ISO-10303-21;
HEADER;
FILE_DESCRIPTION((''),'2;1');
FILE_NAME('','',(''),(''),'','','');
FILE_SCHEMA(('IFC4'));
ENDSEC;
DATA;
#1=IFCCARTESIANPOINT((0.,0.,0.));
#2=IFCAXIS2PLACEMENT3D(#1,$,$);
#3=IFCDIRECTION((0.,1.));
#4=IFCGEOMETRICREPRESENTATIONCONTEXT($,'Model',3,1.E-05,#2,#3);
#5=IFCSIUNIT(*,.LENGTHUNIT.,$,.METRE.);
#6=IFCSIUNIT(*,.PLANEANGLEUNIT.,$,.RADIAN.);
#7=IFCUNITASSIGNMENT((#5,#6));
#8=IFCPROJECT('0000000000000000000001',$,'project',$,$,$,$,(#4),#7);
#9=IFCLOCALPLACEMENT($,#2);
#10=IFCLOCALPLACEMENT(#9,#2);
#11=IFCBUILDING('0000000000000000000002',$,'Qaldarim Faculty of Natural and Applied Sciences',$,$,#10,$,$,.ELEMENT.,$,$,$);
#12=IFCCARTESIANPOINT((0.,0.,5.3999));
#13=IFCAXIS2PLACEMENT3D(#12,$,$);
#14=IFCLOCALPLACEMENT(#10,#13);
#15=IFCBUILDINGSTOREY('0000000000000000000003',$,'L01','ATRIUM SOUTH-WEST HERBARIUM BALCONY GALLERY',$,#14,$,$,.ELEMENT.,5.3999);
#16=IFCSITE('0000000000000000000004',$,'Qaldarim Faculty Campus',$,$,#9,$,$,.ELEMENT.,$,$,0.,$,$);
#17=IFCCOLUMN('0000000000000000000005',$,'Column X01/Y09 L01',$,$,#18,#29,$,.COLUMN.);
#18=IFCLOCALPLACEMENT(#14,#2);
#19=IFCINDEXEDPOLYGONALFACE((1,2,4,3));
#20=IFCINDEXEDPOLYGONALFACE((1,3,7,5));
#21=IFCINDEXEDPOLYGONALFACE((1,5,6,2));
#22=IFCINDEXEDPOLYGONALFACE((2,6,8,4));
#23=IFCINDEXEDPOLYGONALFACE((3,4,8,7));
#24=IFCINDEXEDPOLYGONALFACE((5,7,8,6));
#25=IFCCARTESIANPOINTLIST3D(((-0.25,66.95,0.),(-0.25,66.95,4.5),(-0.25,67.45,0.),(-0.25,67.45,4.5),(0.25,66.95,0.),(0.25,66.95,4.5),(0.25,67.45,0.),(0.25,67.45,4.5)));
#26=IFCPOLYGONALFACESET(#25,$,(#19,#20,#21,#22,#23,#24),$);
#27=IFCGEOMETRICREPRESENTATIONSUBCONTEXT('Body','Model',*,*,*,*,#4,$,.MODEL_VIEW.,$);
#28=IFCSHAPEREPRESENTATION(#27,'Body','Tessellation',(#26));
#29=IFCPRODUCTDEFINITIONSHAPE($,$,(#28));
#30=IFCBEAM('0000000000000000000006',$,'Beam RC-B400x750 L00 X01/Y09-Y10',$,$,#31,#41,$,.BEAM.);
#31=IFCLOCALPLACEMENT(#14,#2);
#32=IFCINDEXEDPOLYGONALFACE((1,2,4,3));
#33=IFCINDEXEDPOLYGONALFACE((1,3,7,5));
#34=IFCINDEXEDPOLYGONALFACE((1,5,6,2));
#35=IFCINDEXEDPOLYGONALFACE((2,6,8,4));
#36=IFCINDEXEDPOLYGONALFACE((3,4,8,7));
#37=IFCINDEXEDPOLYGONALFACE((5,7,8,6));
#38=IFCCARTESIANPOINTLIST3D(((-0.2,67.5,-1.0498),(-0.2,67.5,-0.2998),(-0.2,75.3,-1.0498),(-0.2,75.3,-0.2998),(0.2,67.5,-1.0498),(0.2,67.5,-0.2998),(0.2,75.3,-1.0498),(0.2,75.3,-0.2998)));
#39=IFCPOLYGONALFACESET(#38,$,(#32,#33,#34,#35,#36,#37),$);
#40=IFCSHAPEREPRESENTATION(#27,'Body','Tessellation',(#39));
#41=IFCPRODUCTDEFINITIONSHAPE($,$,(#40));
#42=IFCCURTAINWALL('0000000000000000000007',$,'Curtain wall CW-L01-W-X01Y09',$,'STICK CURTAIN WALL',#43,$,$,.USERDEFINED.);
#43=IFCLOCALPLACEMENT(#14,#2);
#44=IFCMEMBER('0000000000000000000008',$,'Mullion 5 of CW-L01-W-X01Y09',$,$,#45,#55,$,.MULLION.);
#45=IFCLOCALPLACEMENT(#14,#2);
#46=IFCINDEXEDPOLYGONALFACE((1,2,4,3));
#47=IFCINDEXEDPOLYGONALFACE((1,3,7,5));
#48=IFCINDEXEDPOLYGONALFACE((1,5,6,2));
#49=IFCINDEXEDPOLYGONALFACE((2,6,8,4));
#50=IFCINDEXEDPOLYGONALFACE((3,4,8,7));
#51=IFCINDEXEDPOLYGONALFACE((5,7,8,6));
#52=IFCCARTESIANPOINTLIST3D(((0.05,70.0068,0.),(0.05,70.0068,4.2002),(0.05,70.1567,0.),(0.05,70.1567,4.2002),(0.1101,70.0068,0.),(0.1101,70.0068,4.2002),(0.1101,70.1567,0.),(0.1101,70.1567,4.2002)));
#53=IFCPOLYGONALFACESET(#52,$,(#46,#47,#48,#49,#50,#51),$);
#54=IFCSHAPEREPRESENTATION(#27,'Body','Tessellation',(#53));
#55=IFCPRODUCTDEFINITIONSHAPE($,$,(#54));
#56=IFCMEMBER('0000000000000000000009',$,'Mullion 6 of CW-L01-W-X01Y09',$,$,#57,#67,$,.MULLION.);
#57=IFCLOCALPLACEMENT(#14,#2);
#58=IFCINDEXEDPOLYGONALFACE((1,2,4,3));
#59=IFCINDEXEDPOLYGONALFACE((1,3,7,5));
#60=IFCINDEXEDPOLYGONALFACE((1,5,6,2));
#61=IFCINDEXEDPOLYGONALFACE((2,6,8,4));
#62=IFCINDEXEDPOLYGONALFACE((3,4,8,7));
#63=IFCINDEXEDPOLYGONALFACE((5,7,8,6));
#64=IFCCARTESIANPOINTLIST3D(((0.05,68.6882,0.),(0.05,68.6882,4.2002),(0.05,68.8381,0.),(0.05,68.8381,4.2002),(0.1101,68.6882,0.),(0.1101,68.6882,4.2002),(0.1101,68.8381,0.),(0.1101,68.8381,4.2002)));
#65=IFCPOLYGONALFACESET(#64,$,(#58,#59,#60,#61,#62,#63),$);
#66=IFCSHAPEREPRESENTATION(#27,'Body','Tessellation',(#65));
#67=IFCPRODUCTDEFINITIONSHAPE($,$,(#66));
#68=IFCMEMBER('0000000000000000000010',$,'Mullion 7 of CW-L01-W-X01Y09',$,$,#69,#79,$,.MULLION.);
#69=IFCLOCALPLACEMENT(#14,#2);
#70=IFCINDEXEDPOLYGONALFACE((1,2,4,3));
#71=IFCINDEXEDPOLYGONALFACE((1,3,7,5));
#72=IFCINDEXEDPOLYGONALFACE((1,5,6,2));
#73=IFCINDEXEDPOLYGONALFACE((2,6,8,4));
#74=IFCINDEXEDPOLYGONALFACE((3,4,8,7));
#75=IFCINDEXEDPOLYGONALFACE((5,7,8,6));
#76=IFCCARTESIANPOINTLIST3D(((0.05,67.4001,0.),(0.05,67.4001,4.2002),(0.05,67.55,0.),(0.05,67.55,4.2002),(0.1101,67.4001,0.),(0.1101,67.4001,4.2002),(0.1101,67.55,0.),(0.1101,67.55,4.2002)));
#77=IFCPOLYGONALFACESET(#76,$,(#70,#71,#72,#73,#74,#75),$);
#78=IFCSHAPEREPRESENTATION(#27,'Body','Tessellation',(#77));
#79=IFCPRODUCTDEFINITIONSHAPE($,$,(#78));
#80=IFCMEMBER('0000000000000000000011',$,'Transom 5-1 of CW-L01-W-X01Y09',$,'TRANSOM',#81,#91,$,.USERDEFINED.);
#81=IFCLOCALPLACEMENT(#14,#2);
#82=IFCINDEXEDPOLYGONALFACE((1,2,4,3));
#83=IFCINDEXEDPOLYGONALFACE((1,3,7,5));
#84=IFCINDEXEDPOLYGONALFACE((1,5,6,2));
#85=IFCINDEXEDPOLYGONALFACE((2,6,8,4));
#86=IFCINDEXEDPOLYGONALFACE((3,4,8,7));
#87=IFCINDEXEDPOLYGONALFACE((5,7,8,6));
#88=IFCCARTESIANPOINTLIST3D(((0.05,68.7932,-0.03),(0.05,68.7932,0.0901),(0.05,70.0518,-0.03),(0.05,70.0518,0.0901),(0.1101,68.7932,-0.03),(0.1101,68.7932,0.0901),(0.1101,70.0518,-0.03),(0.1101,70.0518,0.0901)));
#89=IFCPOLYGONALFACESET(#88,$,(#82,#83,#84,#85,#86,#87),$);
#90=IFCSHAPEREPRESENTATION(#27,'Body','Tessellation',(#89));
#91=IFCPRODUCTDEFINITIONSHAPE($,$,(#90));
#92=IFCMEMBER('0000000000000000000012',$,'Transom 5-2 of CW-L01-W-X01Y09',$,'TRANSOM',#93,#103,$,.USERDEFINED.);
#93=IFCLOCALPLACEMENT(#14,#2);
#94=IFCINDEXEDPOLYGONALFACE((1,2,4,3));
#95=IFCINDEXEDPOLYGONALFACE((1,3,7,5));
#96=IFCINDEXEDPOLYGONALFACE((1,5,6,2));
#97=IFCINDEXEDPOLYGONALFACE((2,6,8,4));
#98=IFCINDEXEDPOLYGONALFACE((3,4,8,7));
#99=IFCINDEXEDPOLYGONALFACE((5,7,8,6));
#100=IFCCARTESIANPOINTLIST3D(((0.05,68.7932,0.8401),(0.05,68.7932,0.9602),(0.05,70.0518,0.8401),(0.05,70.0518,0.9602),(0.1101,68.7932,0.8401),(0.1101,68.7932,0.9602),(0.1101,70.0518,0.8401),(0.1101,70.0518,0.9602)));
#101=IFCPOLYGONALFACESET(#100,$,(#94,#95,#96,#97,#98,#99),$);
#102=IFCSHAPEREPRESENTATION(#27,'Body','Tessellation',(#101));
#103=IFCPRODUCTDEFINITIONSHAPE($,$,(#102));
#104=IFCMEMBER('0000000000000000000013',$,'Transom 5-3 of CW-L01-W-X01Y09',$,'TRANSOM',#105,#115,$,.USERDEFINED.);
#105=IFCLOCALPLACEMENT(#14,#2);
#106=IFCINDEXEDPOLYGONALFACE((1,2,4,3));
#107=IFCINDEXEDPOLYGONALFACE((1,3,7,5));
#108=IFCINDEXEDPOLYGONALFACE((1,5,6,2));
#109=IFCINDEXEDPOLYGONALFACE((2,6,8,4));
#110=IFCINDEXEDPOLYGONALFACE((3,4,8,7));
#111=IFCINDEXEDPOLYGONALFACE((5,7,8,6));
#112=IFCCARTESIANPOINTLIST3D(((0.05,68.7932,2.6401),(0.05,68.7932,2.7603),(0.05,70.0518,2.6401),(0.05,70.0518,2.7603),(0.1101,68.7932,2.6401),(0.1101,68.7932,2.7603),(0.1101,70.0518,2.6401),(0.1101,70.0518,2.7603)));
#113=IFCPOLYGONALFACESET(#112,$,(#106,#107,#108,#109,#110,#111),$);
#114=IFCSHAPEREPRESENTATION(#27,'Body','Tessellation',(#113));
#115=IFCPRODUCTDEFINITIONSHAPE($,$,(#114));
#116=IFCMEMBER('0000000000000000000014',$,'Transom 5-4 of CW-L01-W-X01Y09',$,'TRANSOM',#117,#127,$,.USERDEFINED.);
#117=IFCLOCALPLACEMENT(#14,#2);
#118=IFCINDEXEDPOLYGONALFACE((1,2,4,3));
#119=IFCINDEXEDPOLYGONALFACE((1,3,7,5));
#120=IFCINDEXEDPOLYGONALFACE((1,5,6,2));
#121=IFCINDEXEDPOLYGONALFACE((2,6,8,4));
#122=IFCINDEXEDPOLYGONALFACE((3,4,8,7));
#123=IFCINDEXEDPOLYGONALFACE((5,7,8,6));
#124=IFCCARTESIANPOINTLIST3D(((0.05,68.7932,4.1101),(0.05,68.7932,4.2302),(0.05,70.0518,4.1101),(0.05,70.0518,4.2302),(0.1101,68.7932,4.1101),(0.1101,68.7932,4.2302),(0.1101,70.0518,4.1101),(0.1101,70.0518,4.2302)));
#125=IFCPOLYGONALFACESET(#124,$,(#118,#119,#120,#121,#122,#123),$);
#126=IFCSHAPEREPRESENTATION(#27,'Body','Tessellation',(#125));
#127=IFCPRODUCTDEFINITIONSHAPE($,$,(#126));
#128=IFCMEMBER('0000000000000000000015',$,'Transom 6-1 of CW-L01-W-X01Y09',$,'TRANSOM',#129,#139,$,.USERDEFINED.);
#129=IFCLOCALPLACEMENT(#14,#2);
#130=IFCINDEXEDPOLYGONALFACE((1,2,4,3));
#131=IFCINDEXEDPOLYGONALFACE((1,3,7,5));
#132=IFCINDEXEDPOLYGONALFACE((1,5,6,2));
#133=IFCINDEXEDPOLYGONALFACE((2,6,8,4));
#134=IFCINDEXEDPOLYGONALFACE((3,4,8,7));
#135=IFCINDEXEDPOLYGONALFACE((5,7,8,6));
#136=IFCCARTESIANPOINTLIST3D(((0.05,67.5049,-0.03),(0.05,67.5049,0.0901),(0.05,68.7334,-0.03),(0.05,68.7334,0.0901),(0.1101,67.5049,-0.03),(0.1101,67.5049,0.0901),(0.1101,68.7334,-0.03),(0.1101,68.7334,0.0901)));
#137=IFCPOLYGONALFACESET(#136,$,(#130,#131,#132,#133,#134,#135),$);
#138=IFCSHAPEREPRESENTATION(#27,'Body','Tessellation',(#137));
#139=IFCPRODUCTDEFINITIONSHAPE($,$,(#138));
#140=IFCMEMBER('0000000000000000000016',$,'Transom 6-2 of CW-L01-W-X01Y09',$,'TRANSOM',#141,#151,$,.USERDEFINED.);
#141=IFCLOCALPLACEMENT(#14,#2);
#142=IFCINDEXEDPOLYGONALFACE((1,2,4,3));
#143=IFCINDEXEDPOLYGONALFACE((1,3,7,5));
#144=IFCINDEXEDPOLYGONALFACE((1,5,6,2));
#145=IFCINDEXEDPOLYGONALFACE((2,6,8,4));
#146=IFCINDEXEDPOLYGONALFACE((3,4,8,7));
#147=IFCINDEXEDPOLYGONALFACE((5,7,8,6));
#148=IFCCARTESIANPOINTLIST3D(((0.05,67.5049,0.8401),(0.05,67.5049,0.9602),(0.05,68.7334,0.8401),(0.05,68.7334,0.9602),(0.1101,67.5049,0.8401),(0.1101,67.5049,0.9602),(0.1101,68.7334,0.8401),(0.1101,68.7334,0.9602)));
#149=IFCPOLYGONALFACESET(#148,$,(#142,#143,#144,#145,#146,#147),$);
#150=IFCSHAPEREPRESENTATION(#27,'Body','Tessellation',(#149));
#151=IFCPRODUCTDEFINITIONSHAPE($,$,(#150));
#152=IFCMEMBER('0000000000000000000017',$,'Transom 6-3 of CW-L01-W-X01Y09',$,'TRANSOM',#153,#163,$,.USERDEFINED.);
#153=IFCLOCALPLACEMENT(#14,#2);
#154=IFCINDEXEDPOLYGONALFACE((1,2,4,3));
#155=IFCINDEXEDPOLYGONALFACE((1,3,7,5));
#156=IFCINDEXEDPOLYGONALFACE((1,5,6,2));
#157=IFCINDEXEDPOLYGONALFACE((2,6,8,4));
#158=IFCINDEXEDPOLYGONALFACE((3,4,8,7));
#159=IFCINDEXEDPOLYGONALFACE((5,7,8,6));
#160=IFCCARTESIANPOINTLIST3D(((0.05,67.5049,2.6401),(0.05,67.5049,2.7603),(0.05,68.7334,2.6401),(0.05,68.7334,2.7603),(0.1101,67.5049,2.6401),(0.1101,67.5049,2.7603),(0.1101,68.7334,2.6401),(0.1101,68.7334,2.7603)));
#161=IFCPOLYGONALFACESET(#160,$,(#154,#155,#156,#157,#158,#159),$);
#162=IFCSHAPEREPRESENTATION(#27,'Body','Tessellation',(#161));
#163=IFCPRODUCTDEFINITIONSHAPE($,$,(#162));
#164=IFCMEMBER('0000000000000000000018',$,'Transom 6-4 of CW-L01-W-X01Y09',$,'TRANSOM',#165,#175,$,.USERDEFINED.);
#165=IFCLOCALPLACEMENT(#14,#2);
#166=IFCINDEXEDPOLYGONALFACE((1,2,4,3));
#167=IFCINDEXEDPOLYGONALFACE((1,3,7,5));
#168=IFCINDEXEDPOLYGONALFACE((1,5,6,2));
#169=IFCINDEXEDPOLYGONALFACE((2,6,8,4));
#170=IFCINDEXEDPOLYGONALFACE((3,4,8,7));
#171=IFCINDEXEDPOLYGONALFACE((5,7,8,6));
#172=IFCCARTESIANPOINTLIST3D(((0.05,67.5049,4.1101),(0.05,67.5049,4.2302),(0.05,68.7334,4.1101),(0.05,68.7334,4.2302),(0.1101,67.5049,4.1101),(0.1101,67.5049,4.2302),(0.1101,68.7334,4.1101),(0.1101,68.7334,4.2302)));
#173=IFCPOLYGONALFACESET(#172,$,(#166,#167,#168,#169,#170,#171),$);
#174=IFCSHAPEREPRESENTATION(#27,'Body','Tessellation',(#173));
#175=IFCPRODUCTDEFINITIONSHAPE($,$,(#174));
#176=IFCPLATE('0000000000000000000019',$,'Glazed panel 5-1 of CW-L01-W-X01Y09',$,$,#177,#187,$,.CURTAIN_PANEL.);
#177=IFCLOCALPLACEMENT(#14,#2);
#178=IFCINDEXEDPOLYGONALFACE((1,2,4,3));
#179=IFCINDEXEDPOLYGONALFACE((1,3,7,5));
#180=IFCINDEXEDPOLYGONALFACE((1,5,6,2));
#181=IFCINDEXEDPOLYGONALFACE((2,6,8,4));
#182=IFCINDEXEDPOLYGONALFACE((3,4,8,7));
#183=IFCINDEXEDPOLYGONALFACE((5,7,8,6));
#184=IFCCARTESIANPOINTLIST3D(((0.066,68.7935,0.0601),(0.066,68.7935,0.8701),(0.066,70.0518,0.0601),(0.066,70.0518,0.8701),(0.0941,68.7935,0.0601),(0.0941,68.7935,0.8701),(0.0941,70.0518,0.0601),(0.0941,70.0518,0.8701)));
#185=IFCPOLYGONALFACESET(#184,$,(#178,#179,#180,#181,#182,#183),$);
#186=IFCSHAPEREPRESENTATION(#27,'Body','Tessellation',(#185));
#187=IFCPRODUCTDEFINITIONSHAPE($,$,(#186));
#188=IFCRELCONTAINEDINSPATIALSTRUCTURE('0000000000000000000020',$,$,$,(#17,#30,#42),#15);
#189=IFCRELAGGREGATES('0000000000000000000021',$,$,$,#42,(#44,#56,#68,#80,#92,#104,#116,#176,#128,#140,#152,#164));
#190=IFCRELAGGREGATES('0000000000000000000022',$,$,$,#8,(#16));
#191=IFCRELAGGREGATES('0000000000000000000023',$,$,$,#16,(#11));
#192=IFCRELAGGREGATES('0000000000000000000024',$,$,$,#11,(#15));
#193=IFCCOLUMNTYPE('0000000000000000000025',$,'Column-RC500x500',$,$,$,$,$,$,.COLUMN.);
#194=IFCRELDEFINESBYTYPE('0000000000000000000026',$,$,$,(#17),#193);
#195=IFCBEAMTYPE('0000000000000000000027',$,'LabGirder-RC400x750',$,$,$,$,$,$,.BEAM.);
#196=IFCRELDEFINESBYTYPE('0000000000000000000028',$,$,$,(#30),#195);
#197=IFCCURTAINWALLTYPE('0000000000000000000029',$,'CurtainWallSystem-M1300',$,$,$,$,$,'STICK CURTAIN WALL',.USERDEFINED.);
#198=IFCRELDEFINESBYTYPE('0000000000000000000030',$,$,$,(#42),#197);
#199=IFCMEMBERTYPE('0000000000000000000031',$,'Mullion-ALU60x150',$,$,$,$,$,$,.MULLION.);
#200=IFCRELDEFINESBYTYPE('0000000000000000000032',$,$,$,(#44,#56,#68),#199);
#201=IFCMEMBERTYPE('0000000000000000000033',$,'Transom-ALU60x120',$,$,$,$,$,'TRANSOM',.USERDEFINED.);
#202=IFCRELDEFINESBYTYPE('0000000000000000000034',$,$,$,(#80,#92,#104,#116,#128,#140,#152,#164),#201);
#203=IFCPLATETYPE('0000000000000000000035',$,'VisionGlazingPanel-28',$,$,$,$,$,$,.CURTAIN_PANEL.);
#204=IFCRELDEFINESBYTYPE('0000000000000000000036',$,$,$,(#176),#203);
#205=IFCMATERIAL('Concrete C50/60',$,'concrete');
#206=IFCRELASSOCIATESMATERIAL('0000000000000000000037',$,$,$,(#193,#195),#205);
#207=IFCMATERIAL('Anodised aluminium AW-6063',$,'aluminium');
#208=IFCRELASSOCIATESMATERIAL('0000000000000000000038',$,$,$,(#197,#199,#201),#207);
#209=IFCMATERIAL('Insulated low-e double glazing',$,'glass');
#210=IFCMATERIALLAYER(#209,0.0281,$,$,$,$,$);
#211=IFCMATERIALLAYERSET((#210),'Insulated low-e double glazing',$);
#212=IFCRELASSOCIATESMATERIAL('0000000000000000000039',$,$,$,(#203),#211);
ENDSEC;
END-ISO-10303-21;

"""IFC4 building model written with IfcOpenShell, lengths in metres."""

from ifc_helpers import new_model, si_unit, direction, frame, origin, origin_2d, place, context, subcontext, project, spatial, rectangle, extrude, material, layer, layer_set, material_profile, profile_set, type_object, element, aggregate, save


model = new_model("IFC4")

# Units and contexts
model_context = context("Model", 3, precision=1e-05, world=origin(), true_north=direction((0.0, 1.0)))
body_context = subcontext(model_context, "Body", "Model", "MODEL_VIEW")
ifc_project = project(units=[si_unit("LENGTHUNIT", "METRE"), si_unit("PLANEANGLEUNIT", "RADIAN")], contexts=[model_context])

# Site, building, storey
site_placement = place(None, origin())
site = spatial("IfcSite", under=ifc_project, at=site_placement, Name="Qaldarim Faculty Campus", CompositionType="ELEMENT", RefElevation=0.0)
building_placement = place(site_placement, origin())
building = spatial("IfcBuilding", under=site, at=building_placement, Name="Qaldarim Faculty of Natural and Applied Sciences", CompositionType="ELEMENT")
storey_placement = place(building_placement, frame((0.0, 0.0, 5.3999)))
storey = spatial("IfcBuildingStorey", under=building, at=storey_placement, Name="L01", Description="ATRIUM SOUTH-WEST HERBARIUM BALCONY GALLERY", CompositionType="ELEMENT", Elevation=5.3999)

# Column
ifc_material_1 = material(Name="Concrete C50/60", Category="concrete")
ifc_material_profile_1 = material_profile(ifc_material_1, rectangle(XDim=0.5, YDim=0.5, at=origin_2d()), Name="RC-C500x500")
ifc_profile_set_1 = profile_set([ifc_material_profile_1], Name="Concrete C50/60")
column_type = type_object("IfcColumnType", Name="Column-RC500x500", PredefinedType="COLUMN", material=ifc_profile_set_1)
column_placement = place(storey_placement, frame((0.0, 67.2, 0.0), z_axis=(0.0, 0.0, 1.0), x_axis=(1.0, 0.0, 0.0)))
element("IfcColumn", 1, at=column_placement, inside=storey, type_object=column_type, Name="Column X01/Y09 L01", PredefinedType="COLUMN", context=body_context, shape_type="SweptSolid", body=[
    extrude(rectangle(XDim=0.5, YDim=0.5, at=origin_2d()), origin(), (0.0, 0.0, 1.0), 4.5),
])

# Beam
ifc_material_profile_2 = material_profile(ifc_material_1, rectangle(XDim=0.3999, YDim=0.75, at=origin_2d()), Name="RC-B400x750")
ifc_profile_set_2 = profile_set([ifc_material_profile_2], Name="Concrete C50/60")
beam_type = type_object("IfcBeamType", Name="LabGirder-RC400x750", PredefinedType="BEAM", material=ifc_profile_set_2)
beam_placement = place(storey_placement, frame((0.0, 67.5, -0.6748), z_axis=(0.0, 1.0, 0.0), x_axis=(-1.0, 0.0, 0.0)))
element("IfcBeam", 2, at=beam_placement, inside=storey, type_object=beam_type, Name="Beam RC-B400x750 L00 X01/Y09-Y10", PredefinedType="BEAM", context=body_context, shape_type="SweptSolid", body=[
    extrude(rectangle(XDim=0.3999, YDim=0.75, at=origin_2d()), origin(), (0.0, 0.0, 1.0), 7.8),
])

# Curtain wall, members, plate
ifc_material_2 = material(Name="Anodised aluminium AW-6063", Category="aluminium")
curtain_wall_type = type_object("IfcCurtainWallType", Name="CurtainWallSystem-M1300", ElementType="STICK CURTAIN WALL", PredefinedType="USERDEFINED", material=ifc_material_2)
curtain_wall_placement = place(storey_placement, origin())
curtain_wall = element("IfcCurtainWall", 3, at=curtain_wall_placement, inside=storey, type_object=curtain_wall_type, Name="Curtain wall CW-L01-W-X01Y09", ObjectType="STICK CURTAIN WALL", PredefinedType="USERDEFINED")
ifc_material_profile_3 = material_profile(ifc_material_2, rectangle(XDim=0.0601, YDim=0.1499, at=origin_2d()), Name="ALU-M60x150")
ifc_profile_set_3 = profile_set([ifc_material_profile_3], Name="Anodised aluminium AW-6063")
member_type_1 = type_object("IfcMemberType", Name="Mullion-ALU60x150", PredefinedType="MULLION", material=ifc_profile_set_3)
member_1_placement = place(storey_placement, frame((0.0801, 70.0818, 0.0), z_axis=(0.0, 0.0, 1.0), x_axis=(1.0, 0.0, 0.0)))
member_1 = element("IfcMember", 4, at=member_1_placement, type_object=member_type_1, Name="Mullion 5 of CW-L01-W-X01Y09", PredefinedType="MULLION", context=body_context, shape_type="SweptSolid", body=[
    extrude(rectangle(XDim=0.0601, YDim=0.1499, at=origin_2d()), origin(), (0.0, 0.0, 1.0), 4.2002),
])
member_2_placement = place(storey_placement, frame((0.0801, 68.7632, 0.0), z_axis=(0.0, 0.0, 1.0), x_axis=(1.0, 0.0, 0.0)))
member_2 = element("IfcMember", 5, at=member_2_placement, type_object=member_type_1, Name="Mullion 6 of CW-L01-W-X01Y09", PredefinedType="MULLION", context=body_context, shape_type="SweptSolid", body=[
    extrude(rectangle(XDim=0.0601, YDim=0.1499, at=origin_2d()), origin(), (0.0, 0.0, 1.0), 4.2002),
])
member_3_placement = place(storey_placement, frame((0.0801, 67.4751, 0.0), z_axis=(0.0, 0.0, 1.0), x_axis=(1.0, 0.0, 0.0)))
member_3 = element("IfcMember", 6, at=member_3_placement, type_object=member_type_1, Name="Mullion 7 of CW-L01-W-X01Y09", PredefinedType="MULLION", context=body_context, shape_type="SweptSolid", body=[
    extrude(rectangle(XDim=0.0601, YDim=0.1499, at=origin_2d()), origin(), (0.0, 0.0, 1.0), 4.2002),
])
ifc_material_profile_4 = material_profile(ifc_material_2, rectangle(XDim=0.0601, YDim=0.1201, at=origin_2d()), Name="ALU-T60x120")
ifc_profile_set_4 = profile_set([ifc_material_profile_4], Name="Anodised aluminium AW-6063")
member_type_2 = type_object("IfcMemberType", Name="Transom-ALU60x120", ElementType="TRANSOM", PredefinedType="USERDEFINED", material=ifc_profile_set_4)
member_4_placement = place(storey_placement, frame((0.0801, 70.0518, 0.03), z_axis=(0.0, -1.0, 0.0), x_axis=(1.0, 0.0, 0.0)))
member_4 = element("IfcMember", 7, at=member_4_placement, type_object=member_type_2, Name="Transom 5-1 of CW-L01-W-X01Y09", ObjectType="TRANSOM", PredefinedType="USERDEFINED", context=body_context, shape_type="SweptSolid", body=[
    extrude(rectangle(XDim=0.0601, YDim=0.1201, at=origin_2d()), origin(), (0.0, 0.0, 1.0), 1.2585),
])
member_5_placement = place(storey_placement, frame((0.0801, 70.0518, 0.9001), z_axis=(0.0, -1.0, 0.0), x_axis=(1.0, 0.0, 0.0)))
member_5 = element("IfcMember", 8, at=member_5_placement, type_object=member_type_2, Name="Transom 5-2 of CW-L01-W-X01Y09", ObjectType="TRANSOM", PredefinedType="USERDEFINED", context=body_context, shape_type="SweptSolid", body=[
    extrude(rectangle(XDim=0.0601, YDim=0.1201, at=origin_2d()), origin(), (0.0, 0.0, 1.0), 1.2585),
])
member_6_placement = place(storey_placement, frame((0.0801, 70.0518, 2.7002), z_axis=(0.0, -1.0, 0.0), x_axis=(1.0, 0.0, 0.0)))
member_6 = element("IfcMember", 9, at=member_6_placement, type_object=member_type_2, Name="Transom 5-3 of CW-L01-W-X01Y09", ObjectType="TRANSOM", PredefinedType="USERDEFINED", context=body_context, shape_type="SweptSolid", body=[
    extrude(rectangle(XDim=0.0601, YDim=0.1201, at=origin_2d()), origin(), (0.0, 0.0, 1.0), 1.2585),
])
member_7_placement = place(storey_placement, frame((0.0801, 70.0518, 4.1702), z_axis=(0.0, -1.0, 0.0), x_axis=(1.0, 0.0, 0.0)))
member_7 = element("IfcMember", 10, at=member_7_placement, type_object=member_type_2, Name="Transom 5-4 of CW-L01-W-X01Y09", ObjectType="TRANSOM", PredefinedType="USERDEFINED", context=body_context, shape_type="SweptSolid", body=[
    extrude(rectangle(XDim=0.0601, YDim=0.1201, at=origin_2d()), origin(), (0.0, 0.0, 1.0), 1.2585),
])
member_8_placement = place(storey_placement, frame((0.0801, 68.7334, 0.03), z_axis=(0.0, -1.0, 0.0), x_axis=(1.0, 0.0, 0.0)))
member_8 = element("IfcMember", 11, at=member_8_placement, type_object=member_type_2, Name="Transom 6-1 of CW-L01-W-X01Y09", ObjectType="TRANSOM", PredefinedType="USERDEFINED", context=body_context, shape_type="SweptSolid", body=[
    extrude(rectangle(XDim=0.0601, YDim=0.1201, at=origin_2d()), origin(), (0.0, 0.0, 1.0), 1.2285),
])
member_9_placement = place(storey_placement, frame((0.0801, 68.7334, 0.9001), z_axis=(0.0, -1.0, 0.0), x_axis=(1.0, 0.0, 0.0)))
member_9 = element("IfcMember", 12, at=member_9_placement, type_object=member_type_2, Name="Transom 6-2 of CW-L01-W-X01Y09", ObjectType="TRANSOM", PredefinedType="USERDEFINED", context=body_context, shape_type="SweptSolid", body=[
    extrude(rectangle(XDim=0.0601, YDim=0.1201, at=origin_2d()), origin(), (0.0, 0.0, 1.0), 1.2285),
])
member_10_placement = place(storey_placement, frame((0.0801, 68.7334, 2.7002), z_axis=(0.0, -1.0, 0.0), x_axis=(1.0, 0.0, 0.0)))
member_10 = element("IfcMember", 13, at=member_10_placement, type_object=member_type_2, Name="Transom 6-3 of CW-L01-W-X01Y09", ObjectType="TRANSOM", PredefinedType="USERDEFINED", context=body_context, shape_type="SweptSolid", body=[
    extrude(rectangle(XDim=0.0601, YDim=0.1201, at=origin_2d()), origin(), (0.0, 0.0, 1.0), 1.2285),
])
member_11_placement = place(storey_placement, frame((0.0801, 68.7334, 4.1702), z_axis=(0.0, -1.0, 0.0), x_axis=(1.0, 0.0, 0.0)))
member_11 = element("IfcMember", 14, at=member_11_placement, type_object=member_type_2, Name="Transom 6-4 of CW-L01-W-X01Y09", ObjectType="TRANSOM", PredefinedType="USERDEFINED", context=body_context, shape_type="SweptSolid", body=[
    extrude(rectangle(XDim=0.0601, YDim=0.1201, at=origin_2d()), origin(), (0.0, 0.0, 1.0), 1.2285),
])
ifc_material_3 = material(Name="Insulated low-e double glazing", Category="glass")
ifc_layer_1 = layer(ifc_material_3, 0.0281)
ifc_layer_set_1 = layer_set([ifc_layer_1], Name="Insulated low-e double glazing")
plate_type = type_object("IfcPlateType", Name="VisionGlazingPanel-28", PredefinedType="CURTAIN_PANEL", material=ifc_layer_set_1)
plate_1_placement = place(storey_placement, frame((0.0801, 69.4226, 0.0601), z_axis=(0.0, 0.0, 1.0), x_axis=(0.0, -1.0, 0.0)))
plate_1 = element("IfcPlate", 15, at=plate_1_placement, type_object=plate_type, Name="Glazed panel 5-1 of CW-L01-W-X01Y09", PredefinedType="CURTAIN_PANEL", context=body_context, shape_type="SweptSolid", body=[
    extrude(rectangle(XDim=1.2583, YDim=0.0281, at=origin_2d()), origin(), (0.0, 0.0, 1.0), 0.8101),
])
aggregate(curtain_wall, [member_1, member_2, member_3, member_4, member_5, member_6, member_7, plate_1, member_8, member_9, member_10, member_11])

save(model, "model.ifc")
